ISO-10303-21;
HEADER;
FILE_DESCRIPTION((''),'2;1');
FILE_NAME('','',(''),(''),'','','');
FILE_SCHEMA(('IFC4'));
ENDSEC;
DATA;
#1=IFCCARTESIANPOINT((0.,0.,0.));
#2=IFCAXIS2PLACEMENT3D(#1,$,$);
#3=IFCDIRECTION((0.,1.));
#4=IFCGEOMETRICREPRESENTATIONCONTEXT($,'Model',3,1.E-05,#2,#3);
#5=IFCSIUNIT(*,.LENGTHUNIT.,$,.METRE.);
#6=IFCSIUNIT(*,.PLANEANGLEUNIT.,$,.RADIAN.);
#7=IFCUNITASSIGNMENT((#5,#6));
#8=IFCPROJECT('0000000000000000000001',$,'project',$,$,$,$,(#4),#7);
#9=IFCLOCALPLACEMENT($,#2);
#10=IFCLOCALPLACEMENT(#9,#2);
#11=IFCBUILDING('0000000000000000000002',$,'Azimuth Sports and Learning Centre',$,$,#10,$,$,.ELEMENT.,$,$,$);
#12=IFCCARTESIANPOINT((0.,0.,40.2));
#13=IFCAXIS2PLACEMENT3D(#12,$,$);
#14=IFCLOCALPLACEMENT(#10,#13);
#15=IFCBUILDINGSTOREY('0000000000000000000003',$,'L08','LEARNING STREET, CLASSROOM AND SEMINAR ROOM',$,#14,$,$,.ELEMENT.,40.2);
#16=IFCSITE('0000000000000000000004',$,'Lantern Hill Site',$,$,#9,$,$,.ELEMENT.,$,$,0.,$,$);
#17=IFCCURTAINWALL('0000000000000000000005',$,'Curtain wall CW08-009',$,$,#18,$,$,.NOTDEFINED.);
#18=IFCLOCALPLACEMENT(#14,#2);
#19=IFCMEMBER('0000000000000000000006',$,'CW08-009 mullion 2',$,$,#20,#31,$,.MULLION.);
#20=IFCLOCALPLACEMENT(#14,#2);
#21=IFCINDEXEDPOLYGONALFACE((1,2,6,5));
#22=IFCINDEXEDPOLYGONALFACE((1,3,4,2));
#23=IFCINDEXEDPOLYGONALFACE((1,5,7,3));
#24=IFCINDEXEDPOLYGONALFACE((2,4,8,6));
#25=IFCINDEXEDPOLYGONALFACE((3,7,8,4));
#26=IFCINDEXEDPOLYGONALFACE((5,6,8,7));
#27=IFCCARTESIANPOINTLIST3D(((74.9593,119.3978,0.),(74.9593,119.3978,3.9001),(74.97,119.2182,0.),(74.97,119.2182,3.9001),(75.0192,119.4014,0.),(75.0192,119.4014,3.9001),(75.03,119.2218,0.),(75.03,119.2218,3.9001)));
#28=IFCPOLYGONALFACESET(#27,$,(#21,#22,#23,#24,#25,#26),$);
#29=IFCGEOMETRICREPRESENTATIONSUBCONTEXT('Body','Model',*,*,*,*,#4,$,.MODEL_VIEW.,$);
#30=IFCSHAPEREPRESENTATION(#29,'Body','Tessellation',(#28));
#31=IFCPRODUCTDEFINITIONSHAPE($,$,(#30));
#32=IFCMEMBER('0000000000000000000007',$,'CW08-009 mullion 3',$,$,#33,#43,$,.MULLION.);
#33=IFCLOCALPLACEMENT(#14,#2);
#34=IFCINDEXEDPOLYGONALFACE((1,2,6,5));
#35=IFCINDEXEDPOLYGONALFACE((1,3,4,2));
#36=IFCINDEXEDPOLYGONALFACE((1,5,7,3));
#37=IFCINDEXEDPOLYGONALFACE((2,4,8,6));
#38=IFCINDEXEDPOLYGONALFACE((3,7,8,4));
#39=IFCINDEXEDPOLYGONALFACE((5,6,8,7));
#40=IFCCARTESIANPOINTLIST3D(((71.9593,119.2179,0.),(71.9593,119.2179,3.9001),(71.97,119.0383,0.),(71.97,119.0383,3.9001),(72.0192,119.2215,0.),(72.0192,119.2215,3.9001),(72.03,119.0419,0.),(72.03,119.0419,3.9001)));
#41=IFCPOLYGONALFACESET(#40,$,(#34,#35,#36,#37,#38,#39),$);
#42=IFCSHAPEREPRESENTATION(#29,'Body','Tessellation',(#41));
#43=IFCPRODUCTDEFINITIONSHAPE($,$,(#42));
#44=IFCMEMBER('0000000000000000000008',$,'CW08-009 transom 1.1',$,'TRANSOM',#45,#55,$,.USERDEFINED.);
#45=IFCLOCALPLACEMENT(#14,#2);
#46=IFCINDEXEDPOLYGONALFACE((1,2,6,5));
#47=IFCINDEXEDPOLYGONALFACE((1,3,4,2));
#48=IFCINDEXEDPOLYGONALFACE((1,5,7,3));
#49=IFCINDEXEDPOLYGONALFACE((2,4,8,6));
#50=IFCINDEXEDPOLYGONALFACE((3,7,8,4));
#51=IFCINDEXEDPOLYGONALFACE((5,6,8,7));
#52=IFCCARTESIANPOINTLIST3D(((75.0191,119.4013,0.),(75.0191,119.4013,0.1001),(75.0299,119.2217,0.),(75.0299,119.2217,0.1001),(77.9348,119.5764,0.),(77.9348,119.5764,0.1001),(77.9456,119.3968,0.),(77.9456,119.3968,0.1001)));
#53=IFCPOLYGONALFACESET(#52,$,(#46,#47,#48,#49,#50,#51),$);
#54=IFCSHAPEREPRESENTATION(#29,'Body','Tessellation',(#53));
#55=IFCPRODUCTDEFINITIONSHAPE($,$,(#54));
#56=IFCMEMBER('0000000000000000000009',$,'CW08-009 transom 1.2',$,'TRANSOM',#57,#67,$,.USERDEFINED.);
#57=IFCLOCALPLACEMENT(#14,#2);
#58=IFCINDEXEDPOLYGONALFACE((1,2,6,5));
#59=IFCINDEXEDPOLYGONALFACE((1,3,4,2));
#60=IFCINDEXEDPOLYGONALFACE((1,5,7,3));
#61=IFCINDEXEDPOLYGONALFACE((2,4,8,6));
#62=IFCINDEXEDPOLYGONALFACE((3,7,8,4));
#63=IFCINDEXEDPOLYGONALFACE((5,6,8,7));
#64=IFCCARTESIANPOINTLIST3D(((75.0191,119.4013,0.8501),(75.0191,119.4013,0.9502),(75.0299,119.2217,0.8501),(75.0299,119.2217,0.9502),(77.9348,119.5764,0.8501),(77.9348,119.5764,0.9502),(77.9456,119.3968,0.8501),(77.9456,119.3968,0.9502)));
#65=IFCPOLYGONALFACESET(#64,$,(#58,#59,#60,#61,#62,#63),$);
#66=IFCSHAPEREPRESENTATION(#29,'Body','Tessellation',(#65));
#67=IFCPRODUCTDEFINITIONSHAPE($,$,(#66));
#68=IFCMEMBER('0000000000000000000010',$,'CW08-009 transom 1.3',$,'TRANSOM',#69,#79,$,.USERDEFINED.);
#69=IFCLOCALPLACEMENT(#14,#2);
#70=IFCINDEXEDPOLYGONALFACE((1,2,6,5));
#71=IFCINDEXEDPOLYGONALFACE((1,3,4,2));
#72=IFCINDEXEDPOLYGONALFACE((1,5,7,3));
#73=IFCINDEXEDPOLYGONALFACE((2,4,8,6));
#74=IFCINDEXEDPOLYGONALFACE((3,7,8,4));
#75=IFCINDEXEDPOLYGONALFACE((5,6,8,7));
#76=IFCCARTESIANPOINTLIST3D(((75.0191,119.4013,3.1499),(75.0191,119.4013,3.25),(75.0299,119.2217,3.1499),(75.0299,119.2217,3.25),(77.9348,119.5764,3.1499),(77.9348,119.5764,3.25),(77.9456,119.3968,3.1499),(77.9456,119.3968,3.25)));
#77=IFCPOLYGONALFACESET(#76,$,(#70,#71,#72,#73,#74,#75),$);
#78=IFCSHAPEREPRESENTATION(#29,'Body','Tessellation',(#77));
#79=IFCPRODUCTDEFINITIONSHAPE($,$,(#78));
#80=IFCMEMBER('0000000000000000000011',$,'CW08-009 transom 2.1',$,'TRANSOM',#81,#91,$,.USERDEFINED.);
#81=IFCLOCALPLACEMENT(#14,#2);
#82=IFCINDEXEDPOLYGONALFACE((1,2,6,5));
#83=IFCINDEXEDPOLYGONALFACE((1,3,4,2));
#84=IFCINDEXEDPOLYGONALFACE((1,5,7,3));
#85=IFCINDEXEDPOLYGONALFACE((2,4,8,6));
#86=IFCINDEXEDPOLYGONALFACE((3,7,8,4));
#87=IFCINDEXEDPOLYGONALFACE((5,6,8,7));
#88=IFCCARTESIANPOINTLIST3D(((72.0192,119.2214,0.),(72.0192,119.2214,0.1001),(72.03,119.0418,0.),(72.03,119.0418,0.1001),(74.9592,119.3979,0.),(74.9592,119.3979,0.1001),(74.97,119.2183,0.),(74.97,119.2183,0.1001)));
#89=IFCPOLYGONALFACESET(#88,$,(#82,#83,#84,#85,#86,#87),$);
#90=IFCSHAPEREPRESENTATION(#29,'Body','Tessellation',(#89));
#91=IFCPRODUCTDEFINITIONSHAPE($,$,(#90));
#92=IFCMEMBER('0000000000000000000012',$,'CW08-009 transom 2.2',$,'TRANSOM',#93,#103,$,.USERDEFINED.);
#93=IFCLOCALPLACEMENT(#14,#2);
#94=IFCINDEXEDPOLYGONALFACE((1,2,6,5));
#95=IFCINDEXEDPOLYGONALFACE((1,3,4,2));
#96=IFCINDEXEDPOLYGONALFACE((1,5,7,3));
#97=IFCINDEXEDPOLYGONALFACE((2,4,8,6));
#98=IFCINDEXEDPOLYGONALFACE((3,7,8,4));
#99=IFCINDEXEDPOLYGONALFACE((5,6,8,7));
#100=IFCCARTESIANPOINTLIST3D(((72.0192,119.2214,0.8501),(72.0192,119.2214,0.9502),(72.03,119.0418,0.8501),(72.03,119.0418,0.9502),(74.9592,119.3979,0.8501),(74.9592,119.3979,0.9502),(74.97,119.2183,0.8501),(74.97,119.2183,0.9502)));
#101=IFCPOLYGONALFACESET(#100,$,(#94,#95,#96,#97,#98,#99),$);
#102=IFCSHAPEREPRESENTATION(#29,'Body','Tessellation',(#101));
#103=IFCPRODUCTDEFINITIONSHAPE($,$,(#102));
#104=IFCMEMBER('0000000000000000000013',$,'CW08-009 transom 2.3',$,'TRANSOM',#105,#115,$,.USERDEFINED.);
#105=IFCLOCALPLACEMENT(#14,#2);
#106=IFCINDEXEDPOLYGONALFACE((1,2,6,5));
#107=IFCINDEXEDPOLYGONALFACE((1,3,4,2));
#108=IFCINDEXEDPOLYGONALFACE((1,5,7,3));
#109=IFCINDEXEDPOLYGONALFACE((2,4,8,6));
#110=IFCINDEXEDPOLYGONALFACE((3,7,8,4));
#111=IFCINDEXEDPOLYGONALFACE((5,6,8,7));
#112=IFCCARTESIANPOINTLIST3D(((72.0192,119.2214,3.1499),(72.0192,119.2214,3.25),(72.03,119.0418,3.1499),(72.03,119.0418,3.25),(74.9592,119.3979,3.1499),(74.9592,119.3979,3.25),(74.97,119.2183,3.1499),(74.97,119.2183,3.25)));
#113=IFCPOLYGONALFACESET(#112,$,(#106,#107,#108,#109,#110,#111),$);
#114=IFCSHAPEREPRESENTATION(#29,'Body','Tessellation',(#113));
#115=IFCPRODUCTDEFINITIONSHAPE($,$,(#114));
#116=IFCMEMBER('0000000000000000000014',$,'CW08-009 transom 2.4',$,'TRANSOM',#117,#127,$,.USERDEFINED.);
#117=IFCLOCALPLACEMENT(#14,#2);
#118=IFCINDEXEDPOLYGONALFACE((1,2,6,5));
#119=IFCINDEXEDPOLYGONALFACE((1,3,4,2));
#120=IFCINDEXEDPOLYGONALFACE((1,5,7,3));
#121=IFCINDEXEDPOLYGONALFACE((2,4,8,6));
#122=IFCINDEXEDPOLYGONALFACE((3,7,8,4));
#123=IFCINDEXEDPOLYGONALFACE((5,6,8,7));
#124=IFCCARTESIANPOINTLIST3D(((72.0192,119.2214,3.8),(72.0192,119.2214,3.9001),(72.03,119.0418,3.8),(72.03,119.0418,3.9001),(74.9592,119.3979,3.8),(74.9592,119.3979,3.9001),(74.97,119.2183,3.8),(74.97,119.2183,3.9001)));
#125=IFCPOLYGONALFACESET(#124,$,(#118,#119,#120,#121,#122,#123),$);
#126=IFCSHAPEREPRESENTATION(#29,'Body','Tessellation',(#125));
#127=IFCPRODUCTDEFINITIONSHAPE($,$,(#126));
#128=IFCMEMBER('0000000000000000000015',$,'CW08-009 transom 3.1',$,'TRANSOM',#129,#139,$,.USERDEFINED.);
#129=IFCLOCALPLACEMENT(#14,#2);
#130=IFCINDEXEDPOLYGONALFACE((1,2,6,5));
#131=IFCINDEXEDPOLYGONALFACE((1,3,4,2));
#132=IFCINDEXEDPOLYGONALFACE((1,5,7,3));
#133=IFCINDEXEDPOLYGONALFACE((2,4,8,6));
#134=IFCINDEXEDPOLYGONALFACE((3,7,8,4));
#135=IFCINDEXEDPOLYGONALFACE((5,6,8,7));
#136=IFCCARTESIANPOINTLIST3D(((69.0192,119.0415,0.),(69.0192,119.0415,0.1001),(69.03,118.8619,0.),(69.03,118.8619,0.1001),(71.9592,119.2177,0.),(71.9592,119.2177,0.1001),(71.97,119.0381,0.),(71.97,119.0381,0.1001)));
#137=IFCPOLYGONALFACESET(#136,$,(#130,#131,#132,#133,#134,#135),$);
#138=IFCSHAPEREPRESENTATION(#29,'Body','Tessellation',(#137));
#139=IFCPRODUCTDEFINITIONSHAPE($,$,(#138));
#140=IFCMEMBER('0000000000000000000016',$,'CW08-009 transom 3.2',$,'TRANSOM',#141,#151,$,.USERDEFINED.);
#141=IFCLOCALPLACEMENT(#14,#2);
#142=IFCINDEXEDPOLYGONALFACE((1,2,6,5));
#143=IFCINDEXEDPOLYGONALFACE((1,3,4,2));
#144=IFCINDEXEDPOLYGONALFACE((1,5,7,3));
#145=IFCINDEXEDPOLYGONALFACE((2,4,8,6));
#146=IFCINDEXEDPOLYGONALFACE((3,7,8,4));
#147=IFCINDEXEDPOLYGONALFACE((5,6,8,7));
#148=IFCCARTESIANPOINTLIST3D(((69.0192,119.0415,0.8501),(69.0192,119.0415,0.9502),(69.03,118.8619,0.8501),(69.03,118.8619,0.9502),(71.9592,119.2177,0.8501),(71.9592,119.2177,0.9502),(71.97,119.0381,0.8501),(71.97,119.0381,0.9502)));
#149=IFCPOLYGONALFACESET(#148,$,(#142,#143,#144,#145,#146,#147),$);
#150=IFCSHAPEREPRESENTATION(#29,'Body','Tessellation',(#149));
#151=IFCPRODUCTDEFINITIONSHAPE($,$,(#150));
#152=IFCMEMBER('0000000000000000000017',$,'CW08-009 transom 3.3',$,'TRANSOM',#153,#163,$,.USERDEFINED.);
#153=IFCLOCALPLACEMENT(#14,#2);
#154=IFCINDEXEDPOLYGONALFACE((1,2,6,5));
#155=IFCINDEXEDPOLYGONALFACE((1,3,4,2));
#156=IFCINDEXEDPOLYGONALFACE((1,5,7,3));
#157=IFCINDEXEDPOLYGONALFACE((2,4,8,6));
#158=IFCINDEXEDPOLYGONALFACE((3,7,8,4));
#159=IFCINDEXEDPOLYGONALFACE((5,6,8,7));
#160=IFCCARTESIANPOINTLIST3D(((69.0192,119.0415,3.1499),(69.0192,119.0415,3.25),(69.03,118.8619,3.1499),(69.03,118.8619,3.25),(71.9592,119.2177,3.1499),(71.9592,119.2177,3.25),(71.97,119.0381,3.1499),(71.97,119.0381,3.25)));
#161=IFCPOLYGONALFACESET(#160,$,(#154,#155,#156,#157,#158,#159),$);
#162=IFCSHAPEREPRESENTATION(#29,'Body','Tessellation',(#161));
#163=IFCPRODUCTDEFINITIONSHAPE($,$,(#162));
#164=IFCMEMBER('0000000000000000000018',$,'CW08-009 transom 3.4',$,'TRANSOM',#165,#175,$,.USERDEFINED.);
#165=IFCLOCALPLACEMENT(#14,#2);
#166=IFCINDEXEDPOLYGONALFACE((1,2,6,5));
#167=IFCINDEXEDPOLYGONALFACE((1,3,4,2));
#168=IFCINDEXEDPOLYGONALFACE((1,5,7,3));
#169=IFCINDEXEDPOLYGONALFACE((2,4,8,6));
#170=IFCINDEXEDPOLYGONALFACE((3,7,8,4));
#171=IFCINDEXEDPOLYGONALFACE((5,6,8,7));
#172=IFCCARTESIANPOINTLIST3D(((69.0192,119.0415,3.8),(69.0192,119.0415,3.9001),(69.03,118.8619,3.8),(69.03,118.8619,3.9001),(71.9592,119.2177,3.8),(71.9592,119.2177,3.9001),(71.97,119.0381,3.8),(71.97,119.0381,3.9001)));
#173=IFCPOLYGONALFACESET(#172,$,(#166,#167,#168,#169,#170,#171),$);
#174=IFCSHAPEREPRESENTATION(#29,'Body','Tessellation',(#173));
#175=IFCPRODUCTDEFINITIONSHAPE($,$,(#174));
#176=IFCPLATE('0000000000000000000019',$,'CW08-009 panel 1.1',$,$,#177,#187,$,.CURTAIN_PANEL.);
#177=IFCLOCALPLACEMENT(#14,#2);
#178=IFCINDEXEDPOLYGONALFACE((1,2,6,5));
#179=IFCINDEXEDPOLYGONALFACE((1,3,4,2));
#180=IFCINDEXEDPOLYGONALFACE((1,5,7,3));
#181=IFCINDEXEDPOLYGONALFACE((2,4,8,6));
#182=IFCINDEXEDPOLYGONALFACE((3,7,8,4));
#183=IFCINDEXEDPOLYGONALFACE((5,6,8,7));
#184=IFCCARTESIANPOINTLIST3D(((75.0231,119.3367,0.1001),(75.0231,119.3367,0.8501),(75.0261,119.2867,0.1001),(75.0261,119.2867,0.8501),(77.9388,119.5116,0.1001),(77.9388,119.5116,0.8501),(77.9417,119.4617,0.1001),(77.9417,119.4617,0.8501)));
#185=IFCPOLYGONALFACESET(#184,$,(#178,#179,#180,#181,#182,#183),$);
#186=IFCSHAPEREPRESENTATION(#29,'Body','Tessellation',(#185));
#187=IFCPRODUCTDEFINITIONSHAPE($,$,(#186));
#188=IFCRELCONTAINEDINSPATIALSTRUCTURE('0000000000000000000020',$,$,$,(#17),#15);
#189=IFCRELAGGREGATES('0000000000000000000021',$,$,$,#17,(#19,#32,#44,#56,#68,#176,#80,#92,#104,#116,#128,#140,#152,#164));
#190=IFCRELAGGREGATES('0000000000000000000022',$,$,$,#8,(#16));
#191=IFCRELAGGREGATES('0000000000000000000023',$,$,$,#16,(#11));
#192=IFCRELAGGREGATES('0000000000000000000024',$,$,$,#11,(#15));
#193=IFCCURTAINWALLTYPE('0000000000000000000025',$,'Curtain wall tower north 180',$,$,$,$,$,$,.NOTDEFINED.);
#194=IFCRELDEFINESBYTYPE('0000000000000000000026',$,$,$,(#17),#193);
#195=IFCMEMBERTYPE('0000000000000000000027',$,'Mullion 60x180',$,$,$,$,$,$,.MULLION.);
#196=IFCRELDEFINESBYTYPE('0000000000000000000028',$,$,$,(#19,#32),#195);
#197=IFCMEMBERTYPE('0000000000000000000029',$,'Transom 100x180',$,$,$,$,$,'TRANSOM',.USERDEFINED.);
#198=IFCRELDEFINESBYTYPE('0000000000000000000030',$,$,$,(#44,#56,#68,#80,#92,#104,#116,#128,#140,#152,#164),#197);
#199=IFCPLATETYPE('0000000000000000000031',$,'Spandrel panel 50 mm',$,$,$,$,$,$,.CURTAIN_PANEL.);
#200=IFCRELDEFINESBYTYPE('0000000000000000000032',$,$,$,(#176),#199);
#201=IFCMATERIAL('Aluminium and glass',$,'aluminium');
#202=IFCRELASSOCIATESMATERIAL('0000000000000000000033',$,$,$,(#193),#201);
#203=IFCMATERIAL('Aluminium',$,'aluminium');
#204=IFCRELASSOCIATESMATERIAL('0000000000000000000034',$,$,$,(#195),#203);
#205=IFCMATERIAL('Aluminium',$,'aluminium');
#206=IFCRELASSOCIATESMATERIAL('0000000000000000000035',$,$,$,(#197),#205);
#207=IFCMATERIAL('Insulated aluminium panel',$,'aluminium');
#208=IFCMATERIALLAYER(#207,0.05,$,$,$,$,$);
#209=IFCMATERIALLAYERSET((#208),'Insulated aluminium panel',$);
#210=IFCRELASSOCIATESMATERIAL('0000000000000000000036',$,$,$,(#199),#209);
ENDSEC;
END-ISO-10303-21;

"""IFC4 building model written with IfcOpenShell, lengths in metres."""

from ifc_helpers import new_model, si_unit, direction, frame, origin, origin_2d, place, context, subcontext, project, spatial, rectangle, extrude, material, layer, layer_set, material_profile, profile_set, type_object, element, aggregate, save


model = new_model("IFC4")

# Units and contexts
model_context = context("Model", 3, precision=1e-05, world=origin(), true_north=direction((0.0, 1.0)))
body_context = subcontext(model_context, "Body", "Model", "MODEL_VIEW")
ifc_project = project(units=[si_unit("LENGTHUNIT", "METRE"), si_unit("PLANEANGLEUNIT", "RADIAN")], contexts=[model_context])

# Site, building, storey
site_placement = place(None, origin())
site = spatial("IfcSite", under=ifc_project, at=site_placement, Name="Lantern Hill Site", CompositionType="ELEMENT", RefElevation=0.0)
building_placement = place(site_placement, origin())
building = spatial("IfcBuilding", under=site, at=building_placement, Name="Azimuth Sports and Learning Centre", CompositionType="ELEMENT")
storey_placement = place(building_placement, frame((0.0, 0.0, 40.2)))
storey = spatial("IfcBuildingStorey", under=building, at=storey_placement, Name="L08", Description="LEARNING STREET, CLASSROOM AND SEMINAR ROOM", CompositionType="ELEMENT", Elevation=40.2)

# Curtain wall, members, plate
ifc_material_1 = material(Name="Aluminium and glass", Category="aluminium")
curtain_wall_type = type_object("IfcCurtainWallType", Name="Curtain wall tower north 180", PredefinedType="NOTDEFINED", material=ifc_material_1)
curtain_wall_placement = place(storey_placement, origin())
curtain_wall = element("IfcCurtainWall", 1, at=curtain_wall_placement, inside=storey, type_object=curtain_wall_type, Name="Curtain wall CW08-009", PredefinedType="NOTDEFINED")
ifc_material_2 = material(Name="Aluminium", Category="aluminium")
ifc_material_profile_1 = material_profile(ifc_material_2, rectangle(XDim=0.1799, YDim=0.0601, at=origin_2d()), Name="Mullion 60x180")
ifc_profile_set_1 = profile_set([ifc_material_profile_1], Name="Aluminium")
member_type_1 = type_object("IfcMemberType", Name="Mullion 60x180", PredefinedType="MULLION", material=ifc_profile_set_1)
member_1_placement = place(storey_placement, frame((74.9946, 119.3098, 0.0), z_axis=(0.0, 0.0, 1.0), x_axis=(0.059892, -0.998205, 0.0)))
member_1 = element("IfcMember", 2, at=member_1_placement, type_object=member_type_1, Name="CW08-009 mullion 2", PredefinedType="MULLION", context=body_context, shape_type="SweptSolid", body=[
    extrude(rectangle(XDim=0.1799, YDim=0.0601, at=origin_2d()), origin(), (0.0, 0.0, 1.0), 3.9001),
])
member_2_placement = place(storey_placement, frame((71.9946, 119.1299, 0.0), z_axis=(0.0, 0.0, 1.0), x_axis=(0.059892, -0.998205, 0.0)))
member_2 = element("IfcMember", 3, at=member_2_placement, type_object=member_type_1, Name="CW08-009 mullion 3", PredefinedType="MULLION", context=body_context, shape_type="SweptSolid", body=[
    extrude(rectangle(XDim=0.1799, YDim=0.0601, at=origin_2d()), origin(), (0.0, 0.0, 1.0), 3.9001),
])
ifc_material_3 = material(Name="Aluminium", Category="aluminium")
ifc_material_profile_2 = material_profile(ifc_material_3, rectangle(XDim=0.1799, YDim=0.1001, at=origin_2d()), Name="Transom 100x180")
ifc_profile_set_2 = profile_set([ifc_material_profile_2], Name="Aluminium")
member_type_2 = type_object("IfcMemberType", Name="Transom 100x180", ElementType="TRANSOM", PredefinedType="USERDEFINED", material=ifc_profile_set_2)
member_3_placement = place(storey_placement, frame((77.9402, 119.4866, 0.05), z_axis=(-0.998202, -0.059932, 0.0), x_axis=(0.059932, -0.998202, 0.0)))
member_3 = element("IfcMember", 4, at=member_3_placement, type_object=member_type_2, Name="CW08-009 transom 1.1", ObjectType="TRANSOM", PredefinedType="USERDEFINED", context=body_context, shape_type="SweptSolid", body=[
    extrude(rectangle(XDim=0.1799, YDim=0.1001, at=origin_2d()), origin(), (0.0, 0.0, 1.0), 2.9209),
])
member_4_placement = place(storey_placement, frame((77.9402, 119.4866, 0.9001), z_axis=(-0.998202, -0.059932, 0.0), x_axis=(0.059932, -0.998202, 0.0)))
member_4 = element("IfcMember", 5, at=member_4_placement, type_object=member_type_2, Name="CW08-009 transom 1.2", ObjectType="TRANSOM", PredefinedType="USERDEFINED", context=body_context, shape_type="SweptSolid", body=[
    extrude(rectangle(XDim=0.1799, YDim=0.1001, at=origin_2d()), origin(), (0.0, 0.0, 1.0), 2.9209),
])
member_5_placement = place(storey_placement, frame((77.9402, 119.4866, 3.2), z_axis=(-0.998202, -0.059932, 0.0), x_axis=(0.059932, -0.998202, 0.0)))
member_5 = element("IfcMember", 6, at=member_5_placement, type_object=member_type_2, Name="CW08-009 transom 1.3", ObjectType="TRANSOM", PredefinedType="USERDEFINED", context=body_context, shape_type="SweptSolid", body=[
    extrude(rectangle(XDim=0.1799, YDim=0.1001, at=origin_2d()), origin(), (0.0, 0.0, 1.0), 2.9209),
])
member_6_placement = place(storey_placement, frame((74.9646, 119.3081, 0.05), z_axis=(-0.998202, -0.059932, 0.0), x_axis=(0.059932, -0.998202, 0.0)))
member_6 = element("IfcMember", 7, at=member_6_placement, type_object=member_type_2, Name="CW08-009 transom 2.1", ObjectType="TRANSOM", PredefinedType="USERDEFINED", context=body_context, shape_type="SweptSolid", body=[
    extrude(rectangle(XDim=0.1799, YDim=0.1001, at=origin_2d()), origin(), (0.0, 0.0, 1.0), 2.9453),
])
member_7_placement = place(storey_placement, frame((74.9646, 119.3081, 0.9001), z_axis=(-0.998202, -0.059932, 0.0), x_axis=(0.059932, -0.998202, 0.0)))
member_7 = element("IfcMember", 8, at=member_7_placement, type_object=member_type_2, Name="CW08-009 transom 2.2", ObjectType="TRANSOM", PredefinedType="USERDEFINED", context=body_context, shape_type="SweptSolid", body=[
    extrude(rectangle(XDim=0.1799, YDim=0.1001, at=origin_2d()), origin(), (0.0, 0.0, 1.0), 2.9453),
])
member_8_placement = place(storey_placement, frame((74.9646, 119.3081, 3.2), z_axis=(-0.998202, -0.059932, 0.0), x_axis=(0.059932, -0.998202, 0.0)))
member_8 = element("IfcMember", 9, at=member_8_placement, type_object=member_type_2, Name="CW08-009 transom 2.3", ObjectType="TRANSOM", PredefinedType="USERDEFINED", context=body_context, shape_type="SweptSolid", body=[
    extrude(rectangle(XDim=0.1799, YDim=0.1001, at=origin_2d()), origin(), (0.0, 0.0, 1.0), 2.9453),
])
member_9_placement = place(storey_placement, frame((74.9646, 119.3081, 3.8501), z_axis=(-0.998202, -0.059932, 0.0), x_axis=(0.059932, -0.998202, 0.0)))
member_9 = element("IfcMember", 10, at=member_9_placement, type_object=member_type_2, Name="CW08-009 transom 2.4", ObjectType="TRANSOM", PredefinedType="USERDEFINED", context=body_context, shape_type="SweptSolid", body=[
    extrude(rectangle(XDim=0.1799, YDim=0.1001, at=origin_2d()), origin(), (0.0, 0.0, 1.0), 2.9453),
])
member_10_placement = place(storey_placement, frame((71.9646, 119.1279, 0.05), z_axis=(-0.998207, -0.059849, 0.0), x_axis=(0.059849, -0.998207, 0.0)))
member_10 = element("IfcMember", 11, at=member_10_placement, type_object=member_type_2, Name="CW08-009 transom 3.1", ObjectType="TRANSOM", PredefinedType="USERDEFINED", context=body_context, shape_type="SweptSolid", body=[
    extrude(rectangle(XDim=0.1799, YDim=0.1001, at=origin_2d()), origin(), (0.0, 0.0, 1.0), 2.9453),
])
member_11_placement = place(storey_placement, frame((71.9646, 119.1279, 0.9001), z_axis=(-0.998207, -0.059849, 0.0), x_axis=(0.059849, -0.998207, 0.0)))
member_11 = element("IfcMember", 12, at=member_11_placement, type_object=member_type_2, Name="CW08-009 transom 3.2", ObjectType="TRANSOM", PredefinedType="USERDEFINED", context=body_context, shape_type="SweptSolid", body=[
    extrude(rectangle(XDim=0.1799, YDim=0.1001, at=origin_2d()), origin(), (0.0, 0.0, 1.0), 2.9453),
])
member_12_placement = place(storey_placement, frame((71.9646, 119.1279, 3.2), z_axis=(-0.998207, -0.059849, 0.0), x_axis=(0.059849, -0.998207, 0.0)))
member_12 = element("IfcMember", 13, at=member_12_placement, type_object=member_type_2, Name="CW08-009 transom 3.3", ObjectType="TRANSOM", PredefinedType="USERDEFINED", context=body_context, shape_type="SweptSolid", body=[
    extrude(rectangle(XDim=0.1799, YDim=0.1001, at=origin_2d()), origin(), (0.0, 0.0, 1.0), 2.9453),
])
member_13_placement = place(storey_placement, frame((71.9646, 119.1279, 3.8501), z_axis=(-0.998207, -0.059849, 0.0), x_axis=(0.059849, -0.998207, 0.0)))
member_13 = element("IfcMember", 14, at=member_13_placement, type_object=member_type_2, Name="CW08-009 transom 3.4", ObjectType="TRANSOM", PredefinedType="USERDEFINED", context=body_context, shape_type="SweptSolid", body=[
    extrude(rectangle(XDim=0.1799, YDim=0.1001, at=origin_2d()), origin(), (0.0, 0.0, 1.0), 2.9453),
])
ifc_material_4 = material(Name="Insulated aluminium panel", Category="aluminium")
ifc_layer_1 = layer(ifc_material_4, 0.05)
ifc_layer_set_1 = layer_set([ifc_layer_1], Name="Insulated aluminium panel")
plate_type_1 = type_object("IfcPlateType", Name="Spandrel panel 50 mm", PredefinedType="CURTAIN_PANEL", material=ifc_layer_set_1)
plate_1_placement = place(storey_placement, frame((76.4824, 119.3992, 0.1001), z_axis=(0.0, 0.0, 1.0), x_axis=(-0.998205, -0.059892, 0.0)))
plate_1 = element("IfcPlate", 15, at=plate_1_placement, type_object=plate_type_1, Name="CW08-009 panel 1.1", PredefinedType="CURTAIN_PANEL", context=body_context, shape_type="SweptSolid", body=[
    extrude(rectangle(XDim=2.9209, YDim=0.05, at=origin_2d()), origin(), (0.0, 0.0, 1.0), 0.75),
])
aggregate(curtain_wall, [member_1, member_2, member_3, member_4, member_5, plate_1, member_6, member_7, member_8, member_9, member_10, member_11, member_12, member_13])

save(model, "model.ifc")
